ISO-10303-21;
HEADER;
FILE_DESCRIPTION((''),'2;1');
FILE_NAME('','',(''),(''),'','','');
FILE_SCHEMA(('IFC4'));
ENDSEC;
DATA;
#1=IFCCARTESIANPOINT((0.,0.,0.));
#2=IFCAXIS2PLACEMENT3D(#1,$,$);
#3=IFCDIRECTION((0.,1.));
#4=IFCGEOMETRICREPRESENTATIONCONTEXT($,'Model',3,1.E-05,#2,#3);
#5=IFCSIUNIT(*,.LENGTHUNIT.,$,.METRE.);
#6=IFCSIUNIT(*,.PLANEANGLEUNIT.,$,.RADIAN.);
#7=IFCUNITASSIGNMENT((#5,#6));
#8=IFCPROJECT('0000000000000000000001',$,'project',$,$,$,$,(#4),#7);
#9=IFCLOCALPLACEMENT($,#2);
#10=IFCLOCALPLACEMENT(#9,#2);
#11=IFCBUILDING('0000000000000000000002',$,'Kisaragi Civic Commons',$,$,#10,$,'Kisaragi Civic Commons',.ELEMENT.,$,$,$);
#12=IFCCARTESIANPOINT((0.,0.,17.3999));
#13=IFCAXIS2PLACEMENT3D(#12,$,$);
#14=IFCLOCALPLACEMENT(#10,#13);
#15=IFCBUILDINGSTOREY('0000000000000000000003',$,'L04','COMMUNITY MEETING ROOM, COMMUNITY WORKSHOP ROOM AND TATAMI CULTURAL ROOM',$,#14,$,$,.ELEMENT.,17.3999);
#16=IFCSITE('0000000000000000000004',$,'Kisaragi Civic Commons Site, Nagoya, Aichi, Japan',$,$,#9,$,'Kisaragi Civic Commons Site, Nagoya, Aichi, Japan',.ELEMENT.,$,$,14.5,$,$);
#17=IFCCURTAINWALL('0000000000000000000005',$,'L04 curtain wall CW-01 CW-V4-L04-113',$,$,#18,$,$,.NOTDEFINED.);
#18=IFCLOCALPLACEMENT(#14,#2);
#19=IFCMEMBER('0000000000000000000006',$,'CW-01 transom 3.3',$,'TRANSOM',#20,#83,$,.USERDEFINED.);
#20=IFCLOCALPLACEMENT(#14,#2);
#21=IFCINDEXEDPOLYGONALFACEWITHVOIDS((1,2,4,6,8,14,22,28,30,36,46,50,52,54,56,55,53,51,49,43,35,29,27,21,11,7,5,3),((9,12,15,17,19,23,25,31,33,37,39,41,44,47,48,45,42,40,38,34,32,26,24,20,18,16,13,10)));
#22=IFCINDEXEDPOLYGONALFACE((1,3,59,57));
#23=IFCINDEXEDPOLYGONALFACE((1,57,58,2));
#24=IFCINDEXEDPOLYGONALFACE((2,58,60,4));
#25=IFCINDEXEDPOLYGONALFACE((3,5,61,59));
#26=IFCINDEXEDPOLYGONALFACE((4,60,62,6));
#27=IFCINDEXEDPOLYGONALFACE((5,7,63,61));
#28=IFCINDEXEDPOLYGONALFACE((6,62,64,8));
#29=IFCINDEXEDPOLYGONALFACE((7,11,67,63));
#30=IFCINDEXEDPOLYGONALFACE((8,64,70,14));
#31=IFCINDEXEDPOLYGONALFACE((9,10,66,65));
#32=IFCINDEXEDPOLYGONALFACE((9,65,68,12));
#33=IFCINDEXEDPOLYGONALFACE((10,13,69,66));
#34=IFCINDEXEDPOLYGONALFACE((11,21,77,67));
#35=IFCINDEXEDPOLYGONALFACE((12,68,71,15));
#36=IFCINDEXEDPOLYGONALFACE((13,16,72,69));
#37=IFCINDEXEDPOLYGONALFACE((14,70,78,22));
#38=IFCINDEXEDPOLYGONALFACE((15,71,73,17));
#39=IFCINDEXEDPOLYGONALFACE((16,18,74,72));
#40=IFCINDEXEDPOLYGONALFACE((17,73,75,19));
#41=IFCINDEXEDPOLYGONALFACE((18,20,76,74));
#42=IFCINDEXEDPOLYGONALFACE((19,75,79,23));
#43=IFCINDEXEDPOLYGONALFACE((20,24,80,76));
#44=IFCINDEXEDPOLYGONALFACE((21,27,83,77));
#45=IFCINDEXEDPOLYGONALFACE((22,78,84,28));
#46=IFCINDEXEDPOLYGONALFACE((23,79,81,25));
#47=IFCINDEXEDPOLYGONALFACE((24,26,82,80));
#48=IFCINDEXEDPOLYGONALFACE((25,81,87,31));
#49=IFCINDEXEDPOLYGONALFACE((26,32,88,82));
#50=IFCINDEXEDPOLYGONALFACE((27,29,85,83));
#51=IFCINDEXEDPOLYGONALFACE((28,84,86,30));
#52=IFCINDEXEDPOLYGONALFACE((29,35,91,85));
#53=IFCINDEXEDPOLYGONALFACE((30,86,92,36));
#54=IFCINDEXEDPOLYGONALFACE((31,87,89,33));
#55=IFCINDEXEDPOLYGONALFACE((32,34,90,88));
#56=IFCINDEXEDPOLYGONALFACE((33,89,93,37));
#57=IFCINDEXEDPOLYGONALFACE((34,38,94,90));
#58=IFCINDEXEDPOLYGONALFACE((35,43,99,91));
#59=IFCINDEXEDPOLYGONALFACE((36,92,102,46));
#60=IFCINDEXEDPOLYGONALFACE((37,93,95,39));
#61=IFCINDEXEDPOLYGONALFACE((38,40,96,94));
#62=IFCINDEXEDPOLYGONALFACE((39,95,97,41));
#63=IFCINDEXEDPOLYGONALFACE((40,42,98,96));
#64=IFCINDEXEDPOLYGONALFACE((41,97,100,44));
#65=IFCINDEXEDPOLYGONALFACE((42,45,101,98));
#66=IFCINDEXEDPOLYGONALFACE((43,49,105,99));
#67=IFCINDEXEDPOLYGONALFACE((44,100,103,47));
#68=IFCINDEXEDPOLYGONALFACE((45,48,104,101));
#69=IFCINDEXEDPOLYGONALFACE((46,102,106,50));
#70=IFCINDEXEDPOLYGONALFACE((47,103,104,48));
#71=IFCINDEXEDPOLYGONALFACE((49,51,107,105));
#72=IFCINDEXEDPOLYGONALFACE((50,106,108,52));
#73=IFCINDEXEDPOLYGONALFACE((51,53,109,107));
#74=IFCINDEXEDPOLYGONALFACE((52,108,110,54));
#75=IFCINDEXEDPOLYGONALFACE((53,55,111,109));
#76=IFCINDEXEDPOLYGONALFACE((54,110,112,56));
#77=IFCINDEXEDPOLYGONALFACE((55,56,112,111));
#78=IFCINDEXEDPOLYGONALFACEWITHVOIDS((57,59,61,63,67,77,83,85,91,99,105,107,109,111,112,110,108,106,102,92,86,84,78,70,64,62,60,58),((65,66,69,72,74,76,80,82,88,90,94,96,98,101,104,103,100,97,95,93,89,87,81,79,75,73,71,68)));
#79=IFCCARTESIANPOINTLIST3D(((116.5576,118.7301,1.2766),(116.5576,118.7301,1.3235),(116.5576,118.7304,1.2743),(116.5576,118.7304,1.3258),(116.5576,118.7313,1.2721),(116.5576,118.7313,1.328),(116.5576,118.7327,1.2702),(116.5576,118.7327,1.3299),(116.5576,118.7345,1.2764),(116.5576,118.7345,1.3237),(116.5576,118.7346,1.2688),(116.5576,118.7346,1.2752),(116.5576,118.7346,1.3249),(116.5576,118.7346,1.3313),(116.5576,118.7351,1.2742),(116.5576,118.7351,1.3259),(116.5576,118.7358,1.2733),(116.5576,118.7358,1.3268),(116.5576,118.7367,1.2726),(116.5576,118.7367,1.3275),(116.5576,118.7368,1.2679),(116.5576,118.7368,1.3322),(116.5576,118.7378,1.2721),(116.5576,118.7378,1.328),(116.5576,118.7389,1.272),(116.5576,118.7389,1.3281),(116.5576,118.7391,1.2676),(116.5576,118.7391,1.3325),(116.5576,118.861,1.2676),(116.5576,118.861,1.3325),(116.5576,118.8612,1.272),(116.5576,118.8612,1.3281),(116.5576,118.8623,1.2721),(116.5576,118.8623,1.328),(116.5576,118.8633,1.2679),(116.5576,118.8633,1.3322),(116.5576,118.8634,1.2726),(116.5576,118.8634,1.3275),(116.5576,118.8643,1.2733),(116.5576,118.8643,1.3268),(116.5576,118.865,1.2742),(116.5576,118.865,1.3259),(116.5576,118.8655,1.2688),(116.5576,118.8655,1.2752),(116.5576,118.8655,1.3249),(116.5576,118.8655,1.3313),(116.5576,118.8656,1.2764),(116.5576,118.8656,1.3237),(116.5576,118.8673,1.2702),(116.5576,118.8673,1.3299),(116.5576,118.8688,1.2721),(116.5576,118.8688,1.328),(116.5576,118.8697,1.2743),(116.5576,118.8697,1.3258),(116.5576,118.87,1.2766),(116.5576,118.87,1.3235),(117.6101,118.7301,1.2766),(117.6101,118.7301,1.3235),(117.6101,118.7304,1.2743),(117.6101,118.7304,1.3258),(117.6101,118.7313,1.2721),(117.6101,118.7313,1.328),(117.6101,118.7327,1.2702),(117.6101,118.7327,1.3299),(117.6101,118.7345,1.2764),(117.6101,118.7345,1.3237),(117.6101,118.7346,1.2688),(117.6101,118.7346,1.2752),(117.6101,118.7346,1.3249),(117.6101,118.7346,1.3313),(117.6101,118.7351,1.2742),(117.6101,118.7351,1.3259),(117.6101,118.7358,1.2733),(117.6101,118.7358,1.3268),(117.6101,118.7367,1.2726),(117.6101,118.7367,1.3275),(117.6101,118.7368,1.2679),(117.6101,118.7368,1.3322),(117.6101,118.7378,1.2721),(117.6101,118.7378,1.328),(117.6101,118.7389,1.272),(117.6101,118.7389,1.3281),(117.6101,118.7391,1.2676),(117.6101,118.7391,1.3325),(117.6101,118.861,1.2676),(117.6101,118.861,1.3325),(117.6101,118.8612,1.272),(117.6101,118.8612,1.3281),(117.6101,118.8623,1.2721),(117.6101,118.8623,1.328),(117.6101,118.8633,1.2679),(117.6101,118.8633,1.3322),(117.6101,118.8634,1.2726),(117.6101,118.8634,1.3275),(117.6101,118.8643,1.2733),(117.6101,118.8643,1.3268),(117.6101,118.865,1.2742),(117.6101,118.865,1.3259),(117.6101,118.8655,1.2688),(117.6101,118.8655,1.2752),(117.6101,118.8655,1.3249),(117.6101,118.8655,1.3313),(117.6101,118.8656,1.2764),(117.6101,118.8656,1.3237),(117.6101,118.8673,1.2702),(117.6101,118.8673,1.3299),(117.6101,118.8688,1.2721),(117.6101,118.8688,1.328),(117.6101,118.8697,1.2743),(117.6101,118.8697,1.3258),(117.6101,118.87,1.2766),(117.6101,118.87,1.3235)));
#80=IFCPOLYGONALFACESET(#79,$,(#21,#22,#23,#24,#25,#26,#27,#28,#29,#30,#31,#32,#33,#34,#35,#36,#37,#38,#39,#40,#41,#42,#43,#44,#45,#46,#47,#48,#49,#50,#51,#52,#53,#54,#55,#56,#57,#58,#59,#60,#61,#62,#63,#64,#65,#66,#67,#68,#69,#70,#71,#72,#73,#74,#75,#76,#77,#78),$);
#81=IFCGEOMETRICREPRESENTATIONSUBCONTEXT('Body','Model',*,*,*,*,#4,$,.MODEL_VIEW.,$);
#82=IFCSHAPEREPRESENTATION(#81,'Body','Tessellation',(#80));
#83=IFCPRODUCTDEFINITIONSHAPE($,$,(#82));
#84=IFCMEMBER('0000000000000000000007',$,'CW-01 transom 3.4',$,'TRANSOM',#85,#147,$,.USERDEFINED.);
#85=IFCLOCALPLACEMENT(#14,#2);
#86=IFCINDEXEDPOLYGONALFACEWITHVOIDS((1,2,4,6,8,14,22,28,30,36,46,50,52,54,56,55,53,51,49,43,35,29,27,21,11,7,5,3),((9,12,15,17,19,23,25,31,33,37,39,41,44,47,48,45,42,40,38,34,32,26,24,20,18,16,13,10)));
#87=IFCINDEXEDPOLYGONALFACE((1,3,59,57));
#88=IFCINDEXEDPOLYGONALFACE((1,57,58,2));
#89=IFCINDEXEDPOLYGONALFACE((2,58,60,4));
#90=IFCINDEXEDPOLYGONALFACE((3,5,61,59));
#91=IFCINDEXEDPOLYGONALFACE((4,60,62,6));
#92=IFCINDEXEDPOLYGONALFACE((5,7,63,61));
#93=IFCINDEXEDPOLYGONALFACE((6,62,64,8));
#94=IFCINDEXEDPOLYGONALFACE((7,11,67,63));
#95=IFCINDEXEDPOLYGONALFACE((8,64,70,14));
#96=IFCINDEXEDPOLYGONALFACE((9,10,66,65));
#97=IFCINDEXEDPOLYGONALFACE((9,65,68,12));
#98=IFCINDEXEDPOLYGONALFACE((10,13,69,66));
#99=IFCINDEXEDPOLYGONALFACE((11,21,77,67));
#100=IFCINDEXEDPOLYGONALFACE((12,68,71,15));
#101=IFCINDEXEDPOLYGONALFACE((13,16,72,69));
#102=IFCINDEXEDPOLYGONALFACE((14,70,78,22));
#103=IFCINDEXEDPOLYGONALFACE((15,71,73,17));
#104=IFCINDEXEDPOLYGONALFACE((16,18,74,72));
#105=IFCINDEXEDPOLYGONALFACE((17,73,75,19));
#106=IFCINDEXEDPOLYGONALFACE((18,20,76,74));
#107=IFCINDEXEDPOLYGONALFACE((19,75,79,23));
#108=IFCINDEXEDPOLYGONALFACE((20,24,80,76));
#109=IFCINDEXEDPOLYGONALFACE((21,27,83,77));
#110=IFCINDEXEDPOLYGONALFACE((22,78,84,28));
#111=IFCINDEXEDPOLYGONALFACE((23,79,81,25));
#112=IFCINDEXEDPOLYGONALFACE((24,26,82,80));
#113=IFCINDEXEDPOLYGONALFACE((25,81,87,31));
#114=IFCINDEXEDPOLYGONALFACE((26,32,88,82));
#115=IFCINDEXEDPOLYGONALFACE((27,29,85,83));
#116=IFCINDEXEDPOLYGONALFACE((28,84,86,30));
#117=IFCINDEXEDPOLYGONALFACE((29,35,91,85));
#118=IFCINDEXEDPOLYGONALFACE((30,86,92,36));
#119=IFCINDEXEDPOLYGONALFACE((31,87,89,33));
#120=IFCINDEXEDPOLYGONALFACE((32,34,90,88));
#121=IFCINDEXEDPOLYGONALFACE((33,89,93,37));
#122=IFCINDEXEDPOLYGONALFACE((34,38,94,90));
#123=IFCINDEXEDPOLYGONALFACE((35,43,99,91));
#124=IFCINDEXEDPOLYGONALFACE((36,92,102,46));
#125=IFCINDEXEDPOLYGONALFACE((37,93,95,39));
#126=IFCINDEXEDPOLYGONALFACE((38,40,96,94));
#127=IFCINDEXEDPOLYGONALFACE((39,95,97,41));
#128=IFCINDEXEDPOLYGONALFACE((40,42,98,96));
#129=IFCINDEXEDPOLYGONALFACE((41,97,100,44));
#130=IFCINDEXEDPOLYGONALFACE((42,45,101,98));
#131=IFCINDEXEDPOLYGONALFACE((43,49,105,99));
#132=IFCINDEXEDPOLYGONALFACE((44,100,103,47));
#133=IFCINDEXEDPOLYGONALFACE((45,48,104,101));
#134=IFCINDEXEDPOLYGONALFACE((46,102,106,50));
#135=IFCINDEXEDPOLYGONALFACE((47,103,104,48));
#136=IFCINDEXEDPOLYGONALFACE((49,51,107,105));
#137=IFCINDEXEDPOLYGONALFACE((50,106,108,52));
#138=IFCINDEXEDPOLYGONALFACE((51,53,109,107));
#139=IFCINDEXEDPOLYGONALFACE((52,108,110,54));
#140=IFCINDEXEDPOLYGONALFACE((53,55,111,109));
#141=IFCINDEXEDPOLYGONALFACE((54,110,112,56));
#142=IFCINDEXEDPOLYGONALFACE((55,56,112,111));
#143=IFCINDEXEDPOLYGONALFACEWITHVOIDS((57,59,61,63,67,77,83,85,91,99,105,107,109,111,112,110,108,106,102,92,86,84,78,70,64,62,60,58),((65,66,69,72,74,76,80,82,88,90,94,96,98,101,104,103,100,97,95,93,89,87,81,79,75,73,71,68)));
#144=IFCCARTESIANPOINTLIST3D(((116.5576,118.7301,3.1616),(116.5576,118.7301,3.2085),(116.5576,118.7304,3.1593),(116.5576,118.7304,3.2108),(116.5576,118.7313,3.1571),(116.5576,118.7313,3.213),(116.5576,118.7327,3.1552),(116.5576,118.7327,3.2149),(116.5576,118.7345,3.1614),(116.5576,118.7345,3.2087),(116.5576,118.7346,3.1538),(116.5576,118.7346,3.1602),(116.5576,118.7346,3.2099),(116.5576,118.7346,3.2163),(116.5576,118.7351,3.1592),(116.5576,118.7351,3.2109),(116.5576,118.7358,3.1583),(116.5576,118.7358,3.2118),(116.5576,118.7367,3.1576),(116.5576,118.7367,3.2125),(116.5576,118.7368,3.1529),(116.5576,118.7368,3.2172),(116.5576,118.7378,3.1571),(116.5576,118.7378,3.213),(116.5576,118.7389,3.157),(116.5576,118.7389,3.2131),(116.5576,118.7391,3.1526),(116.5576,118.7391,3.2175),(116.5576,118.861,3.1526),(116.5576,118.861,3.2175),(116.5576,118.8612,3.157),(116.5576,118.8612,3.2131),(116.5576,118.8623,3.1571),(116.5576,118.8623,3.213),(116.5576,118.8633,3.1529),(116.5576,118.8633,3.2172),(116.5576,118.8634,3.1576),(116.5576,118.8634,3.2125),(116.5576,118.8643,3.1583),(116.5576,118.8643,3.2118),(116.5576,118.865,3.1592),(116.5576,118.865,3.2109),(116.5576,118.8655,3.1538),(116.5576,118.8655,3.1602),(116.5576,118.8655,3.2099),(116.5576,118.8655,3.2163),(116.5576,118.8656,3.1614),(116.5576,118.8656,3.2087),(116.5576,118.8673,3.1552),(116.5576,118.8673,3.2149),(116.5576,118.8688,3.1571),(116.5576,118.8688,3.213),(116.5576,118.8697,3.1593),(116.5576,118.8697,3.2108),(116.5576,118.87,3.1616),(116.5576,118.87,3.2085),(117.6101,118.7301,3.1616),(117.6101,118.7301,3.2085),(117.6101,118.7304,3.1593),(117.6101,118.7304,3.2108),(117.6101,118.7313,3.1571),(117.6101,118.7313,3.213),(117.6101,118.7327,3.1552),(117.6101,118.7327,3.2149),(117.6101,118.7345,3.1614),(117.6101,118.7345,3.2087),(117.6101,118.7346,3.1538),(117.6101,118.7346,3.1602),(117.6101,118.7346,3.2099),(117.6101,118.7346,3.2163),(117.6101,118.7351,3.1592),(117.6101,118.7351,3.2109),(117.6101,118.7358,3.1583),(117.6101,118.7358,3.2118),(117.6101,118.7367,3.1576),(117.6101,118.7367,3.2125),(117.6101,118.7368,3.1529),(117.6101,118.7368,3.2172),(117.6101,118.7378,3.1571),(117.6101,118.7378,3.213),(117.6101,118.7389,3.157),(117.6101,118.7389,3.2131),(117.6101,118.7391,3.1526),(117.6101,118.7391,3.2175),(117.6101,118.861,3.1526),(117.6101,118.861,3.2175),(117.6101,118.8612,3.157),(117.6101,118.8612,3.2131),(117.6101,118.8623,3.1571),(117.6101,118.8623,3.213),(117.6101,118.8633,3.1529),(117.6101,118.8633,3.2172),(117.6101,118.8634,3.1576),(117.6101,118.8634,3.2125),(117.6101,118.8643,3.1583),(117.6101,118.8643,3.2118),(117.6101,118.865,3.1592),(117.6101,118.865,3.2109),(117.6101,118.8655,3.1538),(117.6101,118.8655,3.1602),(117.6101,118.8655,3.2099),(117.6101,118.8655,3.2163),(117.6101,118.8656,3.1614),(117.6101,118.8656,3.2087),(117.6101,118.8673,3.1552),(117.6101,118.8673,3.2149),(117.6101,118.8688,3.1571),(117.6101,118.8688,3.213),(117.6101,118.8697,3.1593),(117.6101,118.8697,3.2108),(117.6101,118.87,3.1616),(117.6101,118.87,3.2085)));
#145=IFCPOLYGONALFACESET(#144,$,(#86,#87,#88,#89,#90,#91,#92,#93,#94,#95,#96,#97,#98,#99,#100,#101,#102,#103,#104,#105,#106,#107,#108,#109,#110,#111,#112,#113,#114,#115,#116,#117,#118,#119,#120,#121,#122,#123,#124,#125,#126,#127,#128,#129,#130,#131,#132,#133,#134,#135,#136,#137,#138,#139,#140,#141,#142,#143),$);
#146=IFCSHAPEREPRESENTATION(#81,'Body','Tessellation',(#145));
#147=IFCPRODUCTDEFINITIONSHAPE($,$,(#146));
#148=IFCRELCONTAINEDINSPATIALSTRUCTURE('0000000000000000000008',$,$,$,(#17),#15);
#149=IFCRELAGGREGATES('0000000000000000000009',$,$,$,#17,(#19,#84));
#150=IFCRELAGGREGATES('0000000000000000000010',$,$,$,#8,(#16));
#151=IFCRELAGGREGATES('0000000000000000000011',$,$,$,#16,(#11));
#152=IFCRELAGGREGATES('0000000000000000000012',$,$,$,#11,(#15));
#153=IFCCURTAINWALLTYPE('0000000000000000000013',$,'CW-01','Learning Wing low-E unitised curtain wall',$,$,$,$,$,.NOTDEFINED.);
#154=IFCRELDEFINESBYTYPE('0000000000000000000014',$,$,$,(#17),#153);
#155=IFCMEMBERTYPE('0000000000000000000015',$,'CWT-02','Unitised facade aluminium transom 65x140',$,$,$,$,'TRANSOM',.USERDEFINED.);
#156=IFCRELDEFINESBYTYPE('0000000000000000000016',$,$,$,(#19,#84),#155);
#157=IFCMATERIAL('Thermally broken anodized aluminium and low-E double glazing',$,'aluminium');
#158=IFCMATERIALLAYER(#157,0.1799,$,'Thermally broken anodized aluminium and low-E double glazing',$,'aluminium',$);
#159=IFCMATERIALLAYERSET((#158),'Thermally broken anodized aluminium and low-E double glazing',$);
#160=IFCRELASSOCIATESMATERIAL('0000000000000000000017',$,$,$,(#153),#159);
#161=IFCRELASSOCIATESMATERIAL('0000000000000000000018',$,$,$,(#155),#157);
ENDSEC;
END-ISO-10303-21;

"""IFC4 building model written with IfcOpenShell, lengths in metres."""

from ifc_helpers import new_model, si_unit, direction, frame, origin, origin_2d, place, context, subcontext, project, spatial, hollow_rectangle, extrude, material, layer, layer_set, material_profile, profile_set, type_object, element, aggregate, save


model = new_model("IFC4")

# Units and contexts
model_context = context("Model", 3, precision=1e-05, world=origin(), true_north=direction((0.0, 1.0)))
body_context = subcontext(model_context, "Body", "Model", "MODEL_VIEW")
ifc_project = project(units=[si_unit("LENGTHUNIT", "METRE"), si_unit("PLANEANGLEUNIT", "RADIAN")], contexts=[model_context])

# Site, building, storey
site_placement = place(None, origin())
site = spatial("IfcSite", under=ifc_project, at=site_placement, Name="Kisaragi Civic Commons Site, Nagoya, Aichi, Japan", LongName="Kisaragi Civic Commons Site, Nagoya, Aichi, Japan", CompositionType="ELEMENT", RefElevation=14.5)
building_placement = place(site_placement, origin())
building = spatial("IfcBuilding", under=site, at=building_placement, Name="Kisaragi Civic Commons", LongName="Kisaragi Civic Commons", CompositionType="ELEMENT")
storey_placement = place(building_placement, frame((0.0, 0.0, 17.3999)))
storey = spatial("IfcBuildingStorey", under=building, at=storey_placement, Name="L04", Description="COMMUNITY MEETING ROOM, COMMUNITY WORKSHOP ROOM AND TATAMI CULTURAL ROOM", CompositionType="ELEMENT", Elevation=17.3999)

# Curtain wall, members
ifc_material = material(Name="Thermally broken anodized aluminium and low-E double glazing", Category="aluminium")
ifc_layer_1 = layer(ifc_material, 0.1799, Name="Thermally broken anodized aluminium and low-E double glazing", Category="aluminium")
ifc_layer_set_1 = layer_set([ifc_layer_1], Name="Thermally broken anodized aluminium and low-E double glazing")
curtain_wall_type = type_object("IfcCurtainWallType", Name="CW-01", Description="Learning Wing low-E unitised curtain wall", PredefinedType="NOTDEFINED", material=ifc_layer_set_1)
curtain_wall_placement = place(storey_placement, origin())
curtain_wall = element("IfcCurtainWall", 1, at=curtain_wall_placement, inside=storey, type_object=curtain_wall_type, Name="L04 curtain wall CW-01 CW-V4-L04-113", PredefinedType="NOTDEFINED")
ifc_material_profile_1 = material_profile(ifc_material, hollow_rectangle(XDim=0.1399, YDim=0.0649, WallThickness=0.0044, InnerFilletRadius=0.0044, OuterFilletRadius=0.009, at=origin_2d()), Name="CWT-65x140x4.5", Category="aluminium")
ifc_profile_set_1 = profile_set([ifc_material_profile_1], Name="Thermally broken anodized aluminium and low-E double glazing")
member_type_1 = type_object("IfcMemberType", Name="CWT-02", Description="Unitised facade aluminium transom 65x140", ElementType="TRANSOM", PredefinedType="USERDEFINED", material=ifc_profile_set_1)
member_1_placement = place(storey_placement, frame((116.5576, 118.8, 1.3), z_axis=(1.0, 0.0, 0.0), x_axis=(0.0, 1.0, 0.0)))
member_1 = element("IfcMember", 2, at=member_1_placement, type_object=member_type_1, Name="CW-01 transom 3.3", ObjectType="TRANSOM", PredefinedType="USERDEFINED", context=body_context, shape_type="SweptSolid", body=[
    extrude(hollow_rectangle(XDim=0.1399, YDim=0.0649, WallThickness=0.0044, InnerFilletRadius=0.0044, OuterFilletRadius=0.009, at=origin_2d()), origin(), (0.0, 0.0, 1.0), 1.0525),
])
member_2_placement = place(storey_placement, frame((116.5576, 118.8, 3.1851), z_axis=(1.0, 0.0, 0.0), x_axis=(0.0, 1.0, 0.0)))
member_2 = element("IfcMember", 3, at=member_2_placement, type_object=member_type_1, Name="CW-01 transom 3.4", ObjectType="TRANSOM", PredefinedType="USERDEFINED", context=body_context, shape_type="SweptSolid", body=[
    extrude(hollow_rectangle(XDim=0.1399, YDim=0.0649, WallThickness=0.0044, InnerFilletRadius=0.0044, OuterFilletRadius=0.009, at=origin_2d()), origin(), (0.0, 0.0, 1.0), 1.0525),
])
aggregate(curtain_wall, [member_1, member_2])

save(model, "model.ifc")
